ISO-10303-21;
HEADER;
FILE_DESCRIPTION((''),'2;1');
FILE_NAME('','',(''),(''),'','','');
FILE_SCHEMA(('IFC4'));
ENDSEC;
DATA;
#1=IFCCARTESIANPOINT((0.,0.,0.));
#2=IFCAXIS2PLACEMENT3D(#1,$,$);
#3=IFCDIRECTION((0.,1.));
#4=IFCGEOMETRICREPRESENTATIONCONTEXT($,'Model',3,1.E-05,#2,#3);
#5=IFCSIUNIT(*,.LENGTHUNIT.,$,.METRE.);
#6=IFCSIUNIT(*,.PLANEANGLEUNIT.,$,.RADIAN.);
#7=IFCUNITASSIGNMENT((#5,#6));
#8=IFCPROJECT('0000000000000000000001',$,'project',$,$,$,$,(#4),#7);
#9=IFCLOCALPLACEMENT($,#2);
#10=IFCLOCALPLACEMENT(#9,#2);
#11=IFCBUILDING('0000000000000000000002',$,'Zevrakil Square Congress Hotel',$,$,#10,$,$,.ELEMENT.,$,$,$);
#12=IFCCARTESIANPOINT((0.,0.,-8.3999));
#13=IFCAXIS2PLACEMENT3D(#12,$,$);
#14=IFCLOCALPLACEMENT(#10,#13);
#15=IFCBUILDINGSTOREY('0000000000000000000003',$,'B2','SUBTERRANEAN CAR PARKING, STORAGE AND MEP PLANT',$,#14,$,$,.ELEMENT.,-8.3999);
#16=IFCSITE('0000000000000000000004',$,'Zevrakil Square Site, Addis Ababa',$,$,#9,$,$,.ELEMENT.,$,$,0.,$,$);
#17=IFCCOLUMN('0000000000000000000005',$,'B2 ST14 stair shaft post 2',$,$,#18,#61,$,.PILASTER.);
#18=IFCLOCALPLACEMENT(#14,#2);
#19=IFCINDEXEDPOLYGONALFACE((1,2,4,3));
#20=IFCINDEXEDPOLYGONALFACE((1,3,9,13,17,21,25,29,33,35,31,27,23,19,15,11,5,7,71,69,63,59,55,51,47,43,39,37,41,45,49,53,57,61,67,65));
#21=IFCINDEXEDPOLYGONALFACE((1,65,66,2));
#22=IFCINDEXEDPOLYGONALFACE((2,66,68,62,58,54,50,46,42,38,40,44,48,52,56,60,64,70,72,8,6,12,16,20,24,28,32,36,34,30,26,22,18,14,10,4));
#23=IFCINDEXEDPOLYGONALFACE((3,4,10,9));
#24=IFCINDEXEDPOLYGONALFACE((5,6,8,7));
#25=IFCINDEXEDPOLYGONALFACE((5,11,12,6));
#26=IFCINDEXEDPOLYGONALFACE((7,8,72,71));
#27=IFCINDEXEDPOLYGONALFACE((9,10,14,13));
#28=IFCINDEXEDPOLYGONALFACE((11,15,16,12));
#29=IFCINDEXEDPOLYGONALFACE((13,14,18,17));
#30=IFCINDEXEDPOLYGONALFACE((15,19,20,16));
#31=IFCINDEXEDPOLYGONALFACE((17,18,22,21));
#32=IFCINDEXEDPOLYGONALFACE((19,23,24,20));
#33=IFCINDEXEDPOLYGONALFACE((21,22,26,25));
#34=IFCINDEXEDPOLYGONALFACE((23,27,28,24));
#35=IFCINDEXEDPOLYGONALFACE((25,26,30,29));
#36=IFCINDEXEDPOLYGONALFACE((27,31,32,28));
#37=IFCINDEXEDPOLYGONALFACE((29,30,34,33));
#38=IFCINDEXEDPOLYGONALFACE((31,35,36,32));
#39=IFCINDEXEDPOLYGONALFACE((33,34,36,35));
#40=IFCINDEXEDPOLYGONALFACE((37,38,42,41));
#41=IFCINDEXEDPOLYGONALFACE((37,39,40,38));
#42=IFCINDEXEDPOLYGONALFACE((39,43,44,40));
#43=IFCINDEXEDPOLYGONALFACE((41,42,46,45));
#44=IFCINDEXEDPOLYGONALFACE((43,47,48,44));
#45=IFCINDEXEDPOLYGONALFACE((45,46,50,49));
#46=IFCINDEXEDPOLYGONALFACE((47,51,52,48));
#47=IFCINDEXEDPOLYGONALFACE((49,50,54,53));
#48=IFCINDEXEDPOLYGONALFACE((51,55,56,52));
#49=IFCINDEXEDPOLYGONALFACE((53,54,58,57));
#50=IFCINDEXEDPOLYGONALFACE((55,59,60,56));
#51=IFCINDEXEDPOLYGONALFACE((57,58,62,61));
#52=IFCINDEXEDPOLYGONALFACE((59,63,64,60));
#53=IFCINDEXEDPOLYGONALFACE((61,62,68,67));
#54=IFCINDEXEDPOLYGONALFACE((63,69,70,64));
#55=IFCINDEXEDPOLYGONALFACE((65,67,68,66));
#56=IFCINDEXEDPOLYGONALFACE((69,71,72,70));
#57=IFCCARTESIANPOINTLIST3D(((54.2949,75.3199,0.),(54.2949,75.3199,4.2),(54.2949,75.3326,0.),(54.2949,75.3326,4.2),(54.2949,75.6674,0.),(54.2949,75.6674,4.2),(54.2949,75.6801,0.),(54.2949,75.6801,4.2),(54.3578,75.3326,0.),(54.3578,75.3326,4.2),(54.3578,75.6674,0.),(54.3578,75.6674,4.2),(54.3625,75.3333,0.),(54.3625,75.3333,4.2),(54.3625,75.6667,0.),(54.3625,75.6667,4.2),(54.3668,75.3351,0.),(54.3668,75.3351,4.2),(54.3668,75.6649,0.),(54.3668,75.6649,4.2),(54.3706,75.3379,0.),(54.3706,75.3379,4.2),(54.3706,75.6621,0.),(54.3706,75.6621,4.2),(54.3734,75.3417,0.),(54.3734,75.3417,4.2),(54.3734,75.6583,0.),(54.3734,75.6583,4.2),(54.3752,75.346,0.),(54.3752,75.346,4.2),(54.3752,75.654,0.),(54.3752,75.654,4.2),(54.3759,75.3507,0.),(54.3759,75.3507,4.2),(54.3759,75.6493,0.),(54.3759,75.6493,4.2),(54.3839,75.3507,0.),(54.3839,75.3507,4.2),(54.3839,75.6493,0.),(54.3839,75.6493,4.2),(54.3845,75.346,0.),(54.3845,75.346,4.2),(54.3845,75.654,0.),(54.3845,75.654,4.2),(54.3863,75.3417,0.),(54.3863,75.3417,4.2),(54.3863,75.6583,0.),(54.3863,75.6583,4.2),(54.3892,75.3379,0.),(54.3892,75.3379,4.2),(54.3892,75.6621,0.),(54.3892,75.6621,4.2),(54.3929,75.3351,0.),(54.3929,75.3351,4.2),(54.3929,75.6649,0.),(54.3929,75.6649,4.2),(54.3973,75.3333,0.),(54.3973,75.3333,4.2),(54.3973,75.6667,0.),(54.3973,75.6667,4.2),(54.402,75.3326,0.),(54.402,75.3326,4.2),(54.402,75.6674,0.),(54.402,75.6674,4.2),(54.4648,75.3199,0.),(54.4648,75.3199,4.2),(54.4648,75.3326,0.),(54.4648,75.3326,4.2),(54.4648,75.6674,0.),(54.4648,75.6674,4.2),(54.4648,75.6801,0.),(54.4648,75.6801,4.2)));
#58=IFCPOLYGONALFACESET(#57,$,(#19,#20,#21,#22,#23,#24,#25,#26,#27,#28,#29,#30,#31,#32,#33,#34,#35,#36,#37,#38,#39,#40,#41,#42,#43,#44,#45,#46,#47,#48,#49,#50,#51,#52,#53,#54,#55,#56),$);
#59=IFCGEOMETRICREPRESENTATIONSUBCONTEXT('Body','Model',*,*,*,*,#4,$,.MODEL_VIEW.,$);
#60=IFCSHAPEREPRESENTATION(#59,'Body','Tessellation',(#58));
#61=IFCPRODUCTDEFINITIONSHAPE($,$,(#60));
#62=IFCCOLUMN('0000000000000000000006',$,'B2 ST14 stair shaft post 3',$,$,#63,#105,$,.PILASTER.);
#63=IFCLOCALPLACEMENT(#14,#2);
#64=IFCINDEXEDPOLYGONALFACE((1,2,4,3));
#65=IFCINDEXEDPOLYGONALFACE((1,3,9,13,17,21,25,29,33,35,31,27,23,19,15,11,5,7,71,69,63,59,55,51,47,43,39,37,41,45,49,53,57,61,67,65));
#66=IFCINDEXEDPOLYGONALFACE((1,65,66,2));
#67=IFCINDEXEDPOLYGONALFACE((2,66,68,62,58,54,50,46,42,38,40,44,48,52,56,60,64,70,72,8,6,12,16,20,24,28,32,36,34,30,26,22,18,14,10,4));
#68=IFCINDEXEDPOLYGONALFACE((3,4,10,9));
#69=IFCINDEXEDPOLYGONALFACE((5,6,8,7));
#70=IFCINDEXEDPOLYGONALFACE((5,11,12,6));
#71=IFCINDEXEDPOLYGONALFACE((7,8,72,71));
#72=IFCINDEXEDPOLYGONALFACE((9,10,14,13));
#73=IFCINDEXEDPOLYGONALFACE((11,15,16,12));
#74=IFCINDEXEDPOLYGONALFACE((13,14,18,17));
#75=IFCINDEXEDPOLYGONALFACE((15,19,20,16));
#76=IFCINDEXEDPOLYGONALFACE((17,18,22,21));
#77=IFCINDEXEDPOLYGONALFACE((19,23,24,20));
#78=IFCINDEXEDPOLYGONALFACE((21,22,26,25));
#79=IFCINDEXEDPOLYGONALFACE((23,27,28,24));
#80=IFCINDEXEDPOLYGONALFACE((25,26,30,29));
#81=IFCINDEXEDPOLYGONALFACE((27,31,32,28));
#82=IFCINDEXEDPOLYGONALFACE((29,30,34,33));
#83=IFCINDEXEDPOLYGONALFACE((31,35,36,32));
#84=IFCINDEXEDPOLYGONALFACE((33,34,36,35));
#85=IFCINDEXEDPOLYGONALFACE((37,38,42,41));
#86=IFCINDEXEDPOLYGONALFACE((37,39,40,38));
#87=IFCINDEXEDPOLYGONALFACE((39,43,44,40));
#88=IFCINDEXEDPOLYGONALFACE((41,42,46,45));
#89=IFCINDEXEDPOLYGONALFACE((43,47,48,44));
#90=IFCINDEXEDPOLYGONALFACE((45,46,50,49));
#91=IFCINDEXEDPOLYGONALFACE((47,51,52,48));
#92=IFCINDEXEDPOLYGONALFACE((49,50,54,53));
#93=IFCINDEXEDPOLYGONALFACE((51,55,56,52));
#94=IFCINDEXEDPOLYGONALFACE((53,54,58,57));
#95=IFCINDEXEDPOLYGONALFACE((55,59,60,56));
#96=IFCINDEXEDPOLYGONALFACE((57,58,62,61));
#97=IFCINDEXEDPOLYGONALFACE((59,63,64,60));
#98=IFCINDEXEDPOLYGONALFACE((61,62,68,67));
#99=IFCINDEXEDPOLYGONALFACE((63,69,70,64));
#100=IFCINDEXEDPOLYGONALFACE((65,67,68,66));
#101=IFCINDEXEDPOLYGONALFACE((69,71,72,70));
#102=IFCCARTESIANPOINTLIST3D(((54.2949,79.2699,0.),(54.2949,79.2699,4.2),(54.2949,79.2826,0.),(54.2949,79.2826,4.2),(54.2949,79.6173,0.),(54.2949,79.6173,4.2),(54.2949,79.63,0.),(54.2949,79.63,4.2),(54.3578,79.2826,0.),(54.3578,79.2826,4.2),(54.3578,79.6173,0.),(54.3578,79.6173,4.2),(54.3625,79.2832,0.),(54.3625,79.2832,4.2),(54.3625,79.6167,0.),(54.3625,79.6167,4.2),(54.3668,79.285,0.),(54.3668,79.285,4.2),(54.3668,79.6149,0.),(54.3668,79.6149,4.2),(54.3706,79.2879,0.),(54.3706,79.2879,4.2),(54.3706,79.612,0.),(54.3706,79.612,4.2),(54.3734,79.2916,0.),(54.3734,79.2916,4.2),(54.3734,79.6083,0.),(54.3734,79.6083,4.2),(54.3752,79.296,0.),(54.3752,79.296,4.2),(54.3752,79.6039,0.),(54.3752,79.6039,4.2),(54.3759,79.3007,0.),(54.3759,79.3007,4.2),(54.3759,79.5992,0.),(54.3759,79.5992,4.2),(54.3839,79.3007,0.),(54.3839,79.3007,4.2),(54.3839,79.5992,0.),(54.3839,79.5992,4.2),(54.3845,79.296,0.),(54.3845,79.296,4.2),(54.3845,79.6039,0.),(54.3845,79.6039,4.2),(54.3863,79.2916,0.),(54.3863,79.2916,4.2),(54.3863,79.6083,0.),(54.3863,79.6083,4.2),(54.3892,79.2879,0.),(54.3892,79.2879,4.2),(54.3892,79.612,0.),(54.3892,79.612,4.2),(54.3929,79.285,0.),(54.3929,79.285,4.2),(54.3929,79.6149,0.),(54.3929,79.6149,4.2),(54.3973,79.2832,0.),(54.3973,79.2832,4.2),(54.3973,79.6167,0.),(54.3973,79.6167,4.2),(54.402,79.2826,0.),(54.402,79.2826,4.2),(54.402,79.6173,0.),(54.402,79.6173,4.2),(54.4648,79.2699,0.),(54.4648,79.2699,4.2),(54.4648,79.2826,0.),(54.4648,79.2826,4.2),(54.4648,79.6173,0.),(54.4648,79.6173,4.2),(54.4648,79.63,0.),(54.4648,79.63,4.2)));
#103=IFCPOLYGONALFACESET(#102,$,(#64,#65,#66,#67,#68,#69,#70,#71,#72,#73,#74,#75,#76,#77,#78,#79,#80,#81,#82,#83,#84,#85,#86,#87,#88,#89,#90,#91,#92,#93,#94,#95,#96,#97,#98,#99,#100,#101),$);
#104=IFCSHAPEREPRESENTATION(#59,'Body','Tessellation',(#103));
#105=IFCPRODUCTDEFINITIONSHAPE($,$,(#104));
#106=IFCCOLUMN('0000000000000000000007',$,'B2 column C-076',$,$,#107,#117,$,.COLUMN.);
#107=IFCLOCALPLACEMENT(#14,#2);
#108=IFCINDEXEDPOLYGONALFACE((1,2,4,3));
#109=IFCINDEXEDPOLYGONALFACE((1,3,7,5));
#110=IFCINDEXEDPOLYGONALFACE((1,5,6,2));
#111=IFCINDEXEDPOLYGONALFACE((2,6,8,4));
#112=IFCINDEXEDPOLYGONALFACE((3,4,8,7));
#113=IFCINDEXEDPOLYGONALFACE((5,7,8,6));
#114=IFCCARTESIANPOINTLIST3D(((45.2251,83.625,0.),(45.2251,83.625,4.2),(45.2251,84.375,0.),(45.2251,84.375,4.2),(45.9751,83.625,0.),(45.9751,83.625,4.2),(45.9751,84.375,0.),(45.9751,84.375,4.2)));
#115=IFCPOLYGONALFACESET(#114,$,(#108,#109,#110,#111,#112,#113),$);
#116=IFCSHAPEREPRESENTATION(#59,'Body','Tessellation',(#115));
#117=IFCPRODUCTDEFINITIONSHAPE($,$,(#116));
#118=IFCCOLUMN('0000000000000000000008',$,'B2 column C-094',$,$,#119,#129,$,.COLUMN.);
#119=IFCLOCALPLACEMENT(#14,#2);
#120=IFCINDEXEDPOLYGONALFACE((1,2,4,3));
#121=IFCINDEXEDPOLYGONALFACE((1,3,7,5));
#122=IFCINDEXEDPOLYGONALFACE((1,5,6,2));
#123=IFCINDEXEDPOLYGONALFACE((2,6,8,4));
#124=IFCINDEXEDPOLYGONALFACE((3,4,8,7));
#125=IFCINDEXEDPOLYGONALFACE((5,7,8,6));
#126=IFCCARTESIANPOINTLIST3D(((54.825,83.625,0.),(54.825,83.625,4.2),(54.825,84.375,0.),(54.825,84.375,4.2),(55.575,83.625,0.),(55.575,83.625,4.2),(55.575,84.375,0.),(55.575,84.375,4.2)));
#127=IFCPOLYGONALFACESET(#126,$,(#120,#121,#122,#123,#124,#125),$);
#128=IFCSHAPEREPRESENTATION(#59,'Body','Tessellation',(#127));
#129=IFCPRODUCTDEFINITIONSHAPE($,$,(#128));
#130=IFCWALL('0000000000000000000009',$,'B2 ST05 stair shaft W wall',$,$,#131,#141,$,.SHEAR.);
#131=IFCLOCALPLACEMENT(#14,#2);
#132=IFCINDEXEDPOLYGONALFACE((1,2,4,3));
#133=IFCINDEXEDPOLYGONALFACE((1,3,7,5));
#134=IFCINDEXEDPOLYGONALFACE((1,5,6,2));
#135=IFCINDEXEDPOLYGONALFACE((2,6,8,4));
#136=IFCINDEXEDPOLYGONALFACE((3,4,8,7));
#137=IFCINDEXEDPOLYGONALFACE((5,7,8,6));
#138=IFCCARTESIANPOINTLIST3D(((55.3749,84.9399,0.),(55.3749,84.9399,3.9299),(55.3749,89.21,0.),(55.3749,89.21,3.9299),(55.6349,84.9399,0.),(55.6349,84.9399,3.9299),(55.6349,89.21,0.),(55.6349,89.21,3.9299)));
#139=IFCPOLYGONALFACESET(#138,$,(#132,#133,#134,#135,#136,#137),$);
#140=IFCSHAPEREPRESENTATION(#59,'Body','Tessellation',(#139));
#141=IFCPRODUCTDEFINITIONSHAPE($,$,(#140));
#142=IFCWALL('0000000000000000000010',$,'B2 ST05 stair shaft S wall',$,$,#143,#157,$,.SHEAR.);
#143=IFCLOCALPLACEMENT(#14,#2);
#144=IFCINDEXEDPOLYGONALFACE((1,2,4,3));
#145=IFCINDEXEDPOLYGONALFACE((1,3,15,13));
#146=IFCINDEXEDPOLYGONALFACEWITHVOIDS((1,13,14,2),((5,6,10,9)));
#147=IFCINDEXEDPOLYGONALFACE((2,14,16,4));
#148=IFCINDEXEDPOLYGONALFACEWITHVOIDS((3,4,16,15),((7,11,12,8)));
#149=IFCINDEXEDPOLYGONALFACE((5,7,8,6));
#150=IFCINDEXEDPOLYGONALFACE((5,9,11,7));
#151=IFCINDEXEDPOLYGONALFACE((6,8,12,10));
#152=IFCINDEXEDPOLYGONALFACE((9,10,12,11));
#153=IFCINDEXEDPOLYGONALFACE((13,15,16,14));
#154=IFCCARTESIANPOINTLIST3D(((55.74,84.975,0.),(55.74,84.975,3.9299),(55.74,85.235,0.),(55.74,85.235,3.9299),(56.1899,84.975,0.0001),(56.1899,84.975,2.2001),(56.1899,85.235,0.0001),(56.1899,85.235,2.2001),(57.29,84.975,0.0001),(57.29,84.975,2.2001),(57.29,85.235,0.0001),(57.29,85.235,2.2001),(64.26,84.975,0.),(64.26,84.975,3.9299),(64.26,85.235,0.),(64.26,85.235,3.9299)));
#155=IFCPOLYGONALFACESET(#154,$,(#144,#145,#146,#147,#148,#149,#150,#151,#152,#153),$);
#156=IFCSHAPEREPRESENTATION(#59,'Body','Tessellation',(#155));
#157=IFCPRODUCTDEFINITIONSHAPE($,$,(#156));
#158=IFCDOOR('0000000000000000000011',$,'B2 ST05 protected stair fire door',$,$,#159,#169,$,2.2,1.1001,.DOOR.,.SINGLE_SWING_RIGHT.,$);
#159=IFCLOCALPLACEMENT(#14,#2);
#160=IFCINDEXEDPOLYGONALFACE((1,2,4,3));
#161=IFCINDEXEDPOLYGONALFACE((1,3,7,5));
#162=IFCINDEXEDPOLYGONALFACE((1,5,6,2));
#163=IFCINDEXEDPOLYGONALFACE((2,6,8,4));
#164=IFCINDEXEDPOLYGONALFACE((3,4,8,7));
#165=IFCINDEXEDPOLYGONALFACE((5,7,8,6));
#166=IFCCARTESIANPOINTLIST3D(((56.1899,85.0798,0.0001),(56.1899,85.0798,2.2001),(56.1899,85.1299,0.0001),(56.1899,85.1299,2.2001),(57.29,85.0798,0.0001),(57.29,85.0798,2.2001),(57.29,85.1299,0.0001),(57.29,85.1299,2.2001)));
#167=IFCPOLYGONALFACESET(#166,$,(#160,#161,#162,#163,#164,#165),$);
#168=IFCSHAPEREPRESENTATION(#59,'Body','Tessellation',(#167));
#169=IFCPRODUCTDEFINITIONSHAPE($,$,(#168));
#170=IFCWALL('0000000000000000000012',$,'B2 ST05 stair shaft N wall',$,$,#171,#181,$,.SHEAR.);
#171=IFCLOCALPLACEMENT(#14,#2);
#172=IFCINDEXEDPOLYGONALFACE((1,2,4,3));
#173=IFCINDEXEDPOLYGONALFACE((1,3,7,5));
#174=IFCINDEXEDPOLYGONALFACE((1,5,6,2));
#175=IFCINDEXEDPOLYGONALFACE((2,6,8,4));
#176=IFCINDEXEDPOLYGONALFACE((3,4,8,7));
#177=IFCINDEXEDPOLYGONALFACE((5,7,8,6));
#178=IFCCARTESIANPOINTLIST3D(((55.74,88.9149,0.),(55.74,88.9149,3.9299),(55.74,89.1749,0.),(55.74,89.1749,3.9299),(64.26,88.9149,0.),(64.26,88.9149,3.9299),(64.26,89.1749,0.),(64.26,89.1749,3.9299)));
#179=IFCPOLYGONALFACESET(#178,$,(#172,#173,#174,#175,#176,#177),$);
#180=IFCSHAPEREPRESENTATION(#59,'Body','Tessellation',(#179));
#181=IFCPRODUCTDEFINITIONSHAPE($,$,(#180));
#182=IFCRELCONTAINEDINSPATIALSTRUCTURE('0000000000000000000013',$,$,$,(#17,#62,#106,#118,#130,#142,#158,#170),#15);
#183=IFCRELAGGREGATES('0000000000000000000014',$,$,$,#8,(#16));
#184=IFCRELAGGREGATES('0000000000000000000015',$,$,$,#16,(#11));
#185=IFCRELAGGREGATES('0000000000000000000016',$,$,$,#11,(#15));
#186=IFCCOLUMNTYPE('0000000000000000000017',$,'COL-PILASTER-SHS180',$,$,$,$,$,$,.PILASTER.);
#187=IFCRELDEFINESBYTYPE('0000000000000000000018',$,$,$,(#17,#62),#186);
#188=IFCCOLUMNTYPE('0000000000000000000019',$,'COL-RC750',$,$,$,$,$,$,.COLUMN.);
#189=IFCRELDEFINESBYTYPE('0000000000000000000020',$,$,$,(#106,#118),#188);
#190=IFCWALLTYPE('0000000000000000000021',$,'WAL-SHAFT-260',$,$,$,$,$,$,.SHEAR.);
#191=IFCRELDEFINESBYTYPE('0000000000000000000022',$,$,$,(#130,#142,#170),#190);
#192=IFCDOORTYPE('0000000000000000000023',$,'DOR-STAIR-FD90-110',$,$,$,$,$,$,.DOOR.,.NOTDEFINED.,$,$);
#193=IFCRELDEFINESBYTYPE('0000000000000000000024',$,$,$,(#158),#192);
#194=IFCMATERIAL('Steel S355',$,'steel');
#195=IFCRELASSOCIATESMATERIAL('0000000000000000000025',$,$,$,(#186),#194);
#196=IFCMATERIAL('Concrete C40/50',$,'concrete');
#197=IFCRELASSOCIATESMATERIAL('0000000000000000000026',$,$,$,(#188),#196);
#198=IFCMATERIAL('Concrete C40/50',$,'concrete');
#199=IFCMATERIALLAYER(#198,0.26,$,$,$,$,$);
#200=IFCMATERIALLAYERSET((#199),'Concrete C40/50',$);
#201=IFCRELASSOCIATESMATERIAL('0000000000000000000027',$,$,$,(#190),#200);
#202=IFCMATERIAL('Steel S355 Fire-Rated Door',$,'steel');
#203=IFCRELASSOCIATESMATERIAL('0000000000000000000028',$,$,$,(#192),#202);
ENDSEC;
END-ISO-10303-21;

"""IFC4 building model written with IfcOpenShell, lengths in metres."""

from ifc_helpers import new_model, si_unit, direction, frame, frame_2d, origin, origin_2d, place, context, subcontext, project, spatial, rectangle, i_section, extrude, material, layer, layer_set, material_profile, profile_set, type_object, element, fill, save


model = new_model("IFC4")

# Units and contexts
model_context = context("Model", 3, precision=1e-05, world=origin(), true_north=direction((0.0, 1.0)))
body_context = subcontext(model_context, "Body", "Model", "MODEL_VIEW")
ifc_project = project(units=[si_unit("LENGTHUNIT", "METRE"), si_unit("PLANEANGLEUNIT", "RADIAN")], contexts=[model_context])

# Site, building, storey
site_placement = place(None, origin())
site = spatial("IfcSite", under=ifc_project, at=site_placement, Name="Zevrakil Square Site, Addis Ababa", CompositionType="ELEMENT", RefElevation=0.0)
building_placement = place(site_placement, origin())
building = spatial("IfcBuilding", under=site, at=building_placement, Name="Zevrakil Square Congress Hotel", CompositionType="ELEMENT")
storey_placement = place(building_placement, frame((0.0, 0.0, -8.3999)))
storey = spatial("IfcBuildingStorey", under=building, at=storey_placement, Name="B2", Description="SUBTERRANEAN CAR PARKING, STORAGE AND MEP PLANT", CompositionType="ELEMENT", Elevation=-8.3999)

# Columns
ifc_material_1 = material(Name="Steel S355", Category="steel")
ifc_material_profile_1 = material_profile(ifc_material_1, i_section(OverallWidth=0.1699, OverallDepth=0.3601, WebThickness=0.0081, FlangeThickness=0.0127, FilletRadius=0.0181, at=origin_2d()), Name="IPE 360")
ifc_profile_set_1 = profile_set([ifc_material_profile_1], Name="Steel S355")
column_type_1 = type_object("IfcColumnType", Name="COL-PILASTER-SHS180", PredefinedType="PILASTER", material=ifc_profile_set_1)
for number, where, z_axis, x_axis, name in (
    (1, (54.3799, 75.5, 0.0), (0.0, 0.0, 1.0), (1.0, 0.0, 0.0), "B2 ST14 stair shaft post 2"),
    (2, (54.3799, 79.45, 0.0), (0.0, 0.0, 1.0), (1.0, 0.0, 0.0), "B2 ST14 stair shaft post 3"),
):
    element("IfcColumn", number, at=place(storey_placement, frame(where, z_axis=z_axis, x_axis=x_axis)), inside=storey, type_object=column_type_1, Name=name, PredefinedType="PILASTER", context=body_context, shape_type="SweptSolid", body=[
        extrude(i_section(OverallWidth=0.1699, OverallDepth=0.3601, WebThickness=0.0081, FlangeThickness=0.0127, FilletRadius=0.0181, at=origin_2d()), origin(), (0.0, 0.0, 1.0), 4.2),
    ])
ifc_material_2 = material(Name="Concrete C40/50", Category="concrete")
ifc_material_profile_2 = material_profile(ifc_material_2, rectangle(XDim=0.75, YDim=0.75, at=origin_2d()), Name="RC 750x750")
ifc_profile_set_2 = profile_set([ifc_material_profile_2], Name="Concrete C40/50")
column_type_2 = type_object("IfcColumnType", Name="COL-RC750", PredefinedType="COLUMN", material=ifc_profile_set_2)
for number, where, z_axis, x_axis, name in (
    (3, (45.6001, 84.0, 0.0), (0.0, 0.0, 1.0), (1.0, 0.0, 0.0), "B2 column C-076"),
    (4, (55.2, 84.0, 0.0), (0.0, 0.0, 1.0), (1.0, 0.0, 0.0), "B2 column C-094"),
):
    element("IfcColumn", number, at=place(storey_placement, frame(where, z_axis=z_axis, x_axis=x_axis)), inside=storey, type_object=column_type_2, Name=name, PredefinedType="COLUMN", context=body_context, shape_type="SweptSolid", body=[
        extrude(rectangle(XDim=0.75, YDim=0.75, at=origin_2d()), origin(), (0.0, 0.0, 1.0), 4.2),
    ])

# Wall
ifc_material_3 = material(Name="Concrete C40/50", Category="concrete")
ifc_layer_1 = layer(ifc_material_3, 0.26)
ifc_layer_set_1 = layer_set([ifc_layer_1], Name="Concrete C40/50")
wall_type = type_object("IfcWallType", Name="WAL-SHAFT-260", PredefinedType="SHEAR", material=ifc_layer_set_1)
wall_1_placement = place(storey_placement, frame((55.5049, 84.9399, 0.0), z_axis=(0.0, 0.0, 1.0), x_axis=(0.0, 1.0, 0.0)))
element("IfcWall", 5, at=wall_1_placement, inside=storey, type_object=wall_type, Name="B2 ST05 stair shaft W wall", PredefinedType="SHEAR", context=body_context, shape_type="SweptSolid", body=[
    extrude(rectangle(XDim=4.27, YDim=0.26, at=frame_2d((2.135, 0.0))), origin(), (0.0, 0.0, 1.0), 3.9299),
])

# Wall, opening, door
wall_2_placement = place(storey_placement, frame((55.74, 85.105, 0.0), z_axis=(0.0, 0.0, 1.0), x_axis=(1.0, 0.0, 0.0)))
wall_2 = element("IfcWall", 6, at=wall_2_placement, inside=storey, type_object=wall_type, Name="B2 ST05 stair shaft S wall", PredefinedType="SHEAR", context=body_context, shape_type="SweptSolid", body=[
    extrude(rectangle(XDim=8.52, YDim=0.26, at=frame_2d((4.26, 0.0))), origin(), (0.0, 0.0, 1.0), 3.9299),
])
opening_placement = place(wall_2_placement, frame((0.45, 0.0, 0.0)))
opening = element("IfcOpeningElement", 7, at=opening_placement, cuts=wall_2, PredefinedType="OPENING", context=body_context, shape_type="SweptSolid", body=[
    extrude(rectangle(XDim=1.1001, YDim=2.2, at=frame_2d((0.55, 1.1001))), frame((0.0, 0.1401, 0.0), z_axis=(0.0, -1.0, 0.0), x_axis=(1.0, 0.0, 0.0)), (0.0, 0.0, 1.0), 0.28),
])
ifc_material_4 = material(Name="Steel S355 Fire-Rated Door", Category="steel")
door_type = type_object("IfcDoorType", Name="DOR-STAIR-FD90-110", OperationType="NOTDEFINED", PredefinedType="DOOR", material=ifc_material_4)
door_placement = place(opening_placement, origin())
door = element("IfcDoor", 8, at=door_placement, inside=storey, type_object=door_type, Name="B2 ST05 protected stair fire door", OperationType="SINGLE_SWING_RIGHT", OverallHeight=2.2, OverallWidth=1.1001, PredefinedType="DOOR", context=body_context, shape_type="SweptSolid", body=[
    extrude(rectangle(XDim=1.1001, YDim=2.2, at=frame_2d((0.55, 1.1001))), frame((0.0, 0.0249, 0.0), z_axis=(0.0, -1.0, 0.0), x_axis=(1.0, 0.0, 0.0)), (0.0, 0.0, 1.0), 0.05),
])
fill(opening, door)

# Wall
wall_3_placement = place(storey_placement, frame((55.74, 89.0449, 0.0), z_axis=(0.0, 0.0, 1.0), x_axis=(1.0, 0.0, 0.0)))
element("IfcWall", 9, at=wall_3_placement, inside=storey, type_object=wall_type, Name="B2 ST05 stair shaft N wall", PredefinedType="SHEAR", context=body_context, shape_type="SweptSolid", body=[
    extrude(rectangle(XDim=8.52, YDim=0.26, at=frame_2d((4.26, 0.0))), origin(), (0.0, 0.0, 1.0), 3.9299),
])

save(model, "model.ifc")
